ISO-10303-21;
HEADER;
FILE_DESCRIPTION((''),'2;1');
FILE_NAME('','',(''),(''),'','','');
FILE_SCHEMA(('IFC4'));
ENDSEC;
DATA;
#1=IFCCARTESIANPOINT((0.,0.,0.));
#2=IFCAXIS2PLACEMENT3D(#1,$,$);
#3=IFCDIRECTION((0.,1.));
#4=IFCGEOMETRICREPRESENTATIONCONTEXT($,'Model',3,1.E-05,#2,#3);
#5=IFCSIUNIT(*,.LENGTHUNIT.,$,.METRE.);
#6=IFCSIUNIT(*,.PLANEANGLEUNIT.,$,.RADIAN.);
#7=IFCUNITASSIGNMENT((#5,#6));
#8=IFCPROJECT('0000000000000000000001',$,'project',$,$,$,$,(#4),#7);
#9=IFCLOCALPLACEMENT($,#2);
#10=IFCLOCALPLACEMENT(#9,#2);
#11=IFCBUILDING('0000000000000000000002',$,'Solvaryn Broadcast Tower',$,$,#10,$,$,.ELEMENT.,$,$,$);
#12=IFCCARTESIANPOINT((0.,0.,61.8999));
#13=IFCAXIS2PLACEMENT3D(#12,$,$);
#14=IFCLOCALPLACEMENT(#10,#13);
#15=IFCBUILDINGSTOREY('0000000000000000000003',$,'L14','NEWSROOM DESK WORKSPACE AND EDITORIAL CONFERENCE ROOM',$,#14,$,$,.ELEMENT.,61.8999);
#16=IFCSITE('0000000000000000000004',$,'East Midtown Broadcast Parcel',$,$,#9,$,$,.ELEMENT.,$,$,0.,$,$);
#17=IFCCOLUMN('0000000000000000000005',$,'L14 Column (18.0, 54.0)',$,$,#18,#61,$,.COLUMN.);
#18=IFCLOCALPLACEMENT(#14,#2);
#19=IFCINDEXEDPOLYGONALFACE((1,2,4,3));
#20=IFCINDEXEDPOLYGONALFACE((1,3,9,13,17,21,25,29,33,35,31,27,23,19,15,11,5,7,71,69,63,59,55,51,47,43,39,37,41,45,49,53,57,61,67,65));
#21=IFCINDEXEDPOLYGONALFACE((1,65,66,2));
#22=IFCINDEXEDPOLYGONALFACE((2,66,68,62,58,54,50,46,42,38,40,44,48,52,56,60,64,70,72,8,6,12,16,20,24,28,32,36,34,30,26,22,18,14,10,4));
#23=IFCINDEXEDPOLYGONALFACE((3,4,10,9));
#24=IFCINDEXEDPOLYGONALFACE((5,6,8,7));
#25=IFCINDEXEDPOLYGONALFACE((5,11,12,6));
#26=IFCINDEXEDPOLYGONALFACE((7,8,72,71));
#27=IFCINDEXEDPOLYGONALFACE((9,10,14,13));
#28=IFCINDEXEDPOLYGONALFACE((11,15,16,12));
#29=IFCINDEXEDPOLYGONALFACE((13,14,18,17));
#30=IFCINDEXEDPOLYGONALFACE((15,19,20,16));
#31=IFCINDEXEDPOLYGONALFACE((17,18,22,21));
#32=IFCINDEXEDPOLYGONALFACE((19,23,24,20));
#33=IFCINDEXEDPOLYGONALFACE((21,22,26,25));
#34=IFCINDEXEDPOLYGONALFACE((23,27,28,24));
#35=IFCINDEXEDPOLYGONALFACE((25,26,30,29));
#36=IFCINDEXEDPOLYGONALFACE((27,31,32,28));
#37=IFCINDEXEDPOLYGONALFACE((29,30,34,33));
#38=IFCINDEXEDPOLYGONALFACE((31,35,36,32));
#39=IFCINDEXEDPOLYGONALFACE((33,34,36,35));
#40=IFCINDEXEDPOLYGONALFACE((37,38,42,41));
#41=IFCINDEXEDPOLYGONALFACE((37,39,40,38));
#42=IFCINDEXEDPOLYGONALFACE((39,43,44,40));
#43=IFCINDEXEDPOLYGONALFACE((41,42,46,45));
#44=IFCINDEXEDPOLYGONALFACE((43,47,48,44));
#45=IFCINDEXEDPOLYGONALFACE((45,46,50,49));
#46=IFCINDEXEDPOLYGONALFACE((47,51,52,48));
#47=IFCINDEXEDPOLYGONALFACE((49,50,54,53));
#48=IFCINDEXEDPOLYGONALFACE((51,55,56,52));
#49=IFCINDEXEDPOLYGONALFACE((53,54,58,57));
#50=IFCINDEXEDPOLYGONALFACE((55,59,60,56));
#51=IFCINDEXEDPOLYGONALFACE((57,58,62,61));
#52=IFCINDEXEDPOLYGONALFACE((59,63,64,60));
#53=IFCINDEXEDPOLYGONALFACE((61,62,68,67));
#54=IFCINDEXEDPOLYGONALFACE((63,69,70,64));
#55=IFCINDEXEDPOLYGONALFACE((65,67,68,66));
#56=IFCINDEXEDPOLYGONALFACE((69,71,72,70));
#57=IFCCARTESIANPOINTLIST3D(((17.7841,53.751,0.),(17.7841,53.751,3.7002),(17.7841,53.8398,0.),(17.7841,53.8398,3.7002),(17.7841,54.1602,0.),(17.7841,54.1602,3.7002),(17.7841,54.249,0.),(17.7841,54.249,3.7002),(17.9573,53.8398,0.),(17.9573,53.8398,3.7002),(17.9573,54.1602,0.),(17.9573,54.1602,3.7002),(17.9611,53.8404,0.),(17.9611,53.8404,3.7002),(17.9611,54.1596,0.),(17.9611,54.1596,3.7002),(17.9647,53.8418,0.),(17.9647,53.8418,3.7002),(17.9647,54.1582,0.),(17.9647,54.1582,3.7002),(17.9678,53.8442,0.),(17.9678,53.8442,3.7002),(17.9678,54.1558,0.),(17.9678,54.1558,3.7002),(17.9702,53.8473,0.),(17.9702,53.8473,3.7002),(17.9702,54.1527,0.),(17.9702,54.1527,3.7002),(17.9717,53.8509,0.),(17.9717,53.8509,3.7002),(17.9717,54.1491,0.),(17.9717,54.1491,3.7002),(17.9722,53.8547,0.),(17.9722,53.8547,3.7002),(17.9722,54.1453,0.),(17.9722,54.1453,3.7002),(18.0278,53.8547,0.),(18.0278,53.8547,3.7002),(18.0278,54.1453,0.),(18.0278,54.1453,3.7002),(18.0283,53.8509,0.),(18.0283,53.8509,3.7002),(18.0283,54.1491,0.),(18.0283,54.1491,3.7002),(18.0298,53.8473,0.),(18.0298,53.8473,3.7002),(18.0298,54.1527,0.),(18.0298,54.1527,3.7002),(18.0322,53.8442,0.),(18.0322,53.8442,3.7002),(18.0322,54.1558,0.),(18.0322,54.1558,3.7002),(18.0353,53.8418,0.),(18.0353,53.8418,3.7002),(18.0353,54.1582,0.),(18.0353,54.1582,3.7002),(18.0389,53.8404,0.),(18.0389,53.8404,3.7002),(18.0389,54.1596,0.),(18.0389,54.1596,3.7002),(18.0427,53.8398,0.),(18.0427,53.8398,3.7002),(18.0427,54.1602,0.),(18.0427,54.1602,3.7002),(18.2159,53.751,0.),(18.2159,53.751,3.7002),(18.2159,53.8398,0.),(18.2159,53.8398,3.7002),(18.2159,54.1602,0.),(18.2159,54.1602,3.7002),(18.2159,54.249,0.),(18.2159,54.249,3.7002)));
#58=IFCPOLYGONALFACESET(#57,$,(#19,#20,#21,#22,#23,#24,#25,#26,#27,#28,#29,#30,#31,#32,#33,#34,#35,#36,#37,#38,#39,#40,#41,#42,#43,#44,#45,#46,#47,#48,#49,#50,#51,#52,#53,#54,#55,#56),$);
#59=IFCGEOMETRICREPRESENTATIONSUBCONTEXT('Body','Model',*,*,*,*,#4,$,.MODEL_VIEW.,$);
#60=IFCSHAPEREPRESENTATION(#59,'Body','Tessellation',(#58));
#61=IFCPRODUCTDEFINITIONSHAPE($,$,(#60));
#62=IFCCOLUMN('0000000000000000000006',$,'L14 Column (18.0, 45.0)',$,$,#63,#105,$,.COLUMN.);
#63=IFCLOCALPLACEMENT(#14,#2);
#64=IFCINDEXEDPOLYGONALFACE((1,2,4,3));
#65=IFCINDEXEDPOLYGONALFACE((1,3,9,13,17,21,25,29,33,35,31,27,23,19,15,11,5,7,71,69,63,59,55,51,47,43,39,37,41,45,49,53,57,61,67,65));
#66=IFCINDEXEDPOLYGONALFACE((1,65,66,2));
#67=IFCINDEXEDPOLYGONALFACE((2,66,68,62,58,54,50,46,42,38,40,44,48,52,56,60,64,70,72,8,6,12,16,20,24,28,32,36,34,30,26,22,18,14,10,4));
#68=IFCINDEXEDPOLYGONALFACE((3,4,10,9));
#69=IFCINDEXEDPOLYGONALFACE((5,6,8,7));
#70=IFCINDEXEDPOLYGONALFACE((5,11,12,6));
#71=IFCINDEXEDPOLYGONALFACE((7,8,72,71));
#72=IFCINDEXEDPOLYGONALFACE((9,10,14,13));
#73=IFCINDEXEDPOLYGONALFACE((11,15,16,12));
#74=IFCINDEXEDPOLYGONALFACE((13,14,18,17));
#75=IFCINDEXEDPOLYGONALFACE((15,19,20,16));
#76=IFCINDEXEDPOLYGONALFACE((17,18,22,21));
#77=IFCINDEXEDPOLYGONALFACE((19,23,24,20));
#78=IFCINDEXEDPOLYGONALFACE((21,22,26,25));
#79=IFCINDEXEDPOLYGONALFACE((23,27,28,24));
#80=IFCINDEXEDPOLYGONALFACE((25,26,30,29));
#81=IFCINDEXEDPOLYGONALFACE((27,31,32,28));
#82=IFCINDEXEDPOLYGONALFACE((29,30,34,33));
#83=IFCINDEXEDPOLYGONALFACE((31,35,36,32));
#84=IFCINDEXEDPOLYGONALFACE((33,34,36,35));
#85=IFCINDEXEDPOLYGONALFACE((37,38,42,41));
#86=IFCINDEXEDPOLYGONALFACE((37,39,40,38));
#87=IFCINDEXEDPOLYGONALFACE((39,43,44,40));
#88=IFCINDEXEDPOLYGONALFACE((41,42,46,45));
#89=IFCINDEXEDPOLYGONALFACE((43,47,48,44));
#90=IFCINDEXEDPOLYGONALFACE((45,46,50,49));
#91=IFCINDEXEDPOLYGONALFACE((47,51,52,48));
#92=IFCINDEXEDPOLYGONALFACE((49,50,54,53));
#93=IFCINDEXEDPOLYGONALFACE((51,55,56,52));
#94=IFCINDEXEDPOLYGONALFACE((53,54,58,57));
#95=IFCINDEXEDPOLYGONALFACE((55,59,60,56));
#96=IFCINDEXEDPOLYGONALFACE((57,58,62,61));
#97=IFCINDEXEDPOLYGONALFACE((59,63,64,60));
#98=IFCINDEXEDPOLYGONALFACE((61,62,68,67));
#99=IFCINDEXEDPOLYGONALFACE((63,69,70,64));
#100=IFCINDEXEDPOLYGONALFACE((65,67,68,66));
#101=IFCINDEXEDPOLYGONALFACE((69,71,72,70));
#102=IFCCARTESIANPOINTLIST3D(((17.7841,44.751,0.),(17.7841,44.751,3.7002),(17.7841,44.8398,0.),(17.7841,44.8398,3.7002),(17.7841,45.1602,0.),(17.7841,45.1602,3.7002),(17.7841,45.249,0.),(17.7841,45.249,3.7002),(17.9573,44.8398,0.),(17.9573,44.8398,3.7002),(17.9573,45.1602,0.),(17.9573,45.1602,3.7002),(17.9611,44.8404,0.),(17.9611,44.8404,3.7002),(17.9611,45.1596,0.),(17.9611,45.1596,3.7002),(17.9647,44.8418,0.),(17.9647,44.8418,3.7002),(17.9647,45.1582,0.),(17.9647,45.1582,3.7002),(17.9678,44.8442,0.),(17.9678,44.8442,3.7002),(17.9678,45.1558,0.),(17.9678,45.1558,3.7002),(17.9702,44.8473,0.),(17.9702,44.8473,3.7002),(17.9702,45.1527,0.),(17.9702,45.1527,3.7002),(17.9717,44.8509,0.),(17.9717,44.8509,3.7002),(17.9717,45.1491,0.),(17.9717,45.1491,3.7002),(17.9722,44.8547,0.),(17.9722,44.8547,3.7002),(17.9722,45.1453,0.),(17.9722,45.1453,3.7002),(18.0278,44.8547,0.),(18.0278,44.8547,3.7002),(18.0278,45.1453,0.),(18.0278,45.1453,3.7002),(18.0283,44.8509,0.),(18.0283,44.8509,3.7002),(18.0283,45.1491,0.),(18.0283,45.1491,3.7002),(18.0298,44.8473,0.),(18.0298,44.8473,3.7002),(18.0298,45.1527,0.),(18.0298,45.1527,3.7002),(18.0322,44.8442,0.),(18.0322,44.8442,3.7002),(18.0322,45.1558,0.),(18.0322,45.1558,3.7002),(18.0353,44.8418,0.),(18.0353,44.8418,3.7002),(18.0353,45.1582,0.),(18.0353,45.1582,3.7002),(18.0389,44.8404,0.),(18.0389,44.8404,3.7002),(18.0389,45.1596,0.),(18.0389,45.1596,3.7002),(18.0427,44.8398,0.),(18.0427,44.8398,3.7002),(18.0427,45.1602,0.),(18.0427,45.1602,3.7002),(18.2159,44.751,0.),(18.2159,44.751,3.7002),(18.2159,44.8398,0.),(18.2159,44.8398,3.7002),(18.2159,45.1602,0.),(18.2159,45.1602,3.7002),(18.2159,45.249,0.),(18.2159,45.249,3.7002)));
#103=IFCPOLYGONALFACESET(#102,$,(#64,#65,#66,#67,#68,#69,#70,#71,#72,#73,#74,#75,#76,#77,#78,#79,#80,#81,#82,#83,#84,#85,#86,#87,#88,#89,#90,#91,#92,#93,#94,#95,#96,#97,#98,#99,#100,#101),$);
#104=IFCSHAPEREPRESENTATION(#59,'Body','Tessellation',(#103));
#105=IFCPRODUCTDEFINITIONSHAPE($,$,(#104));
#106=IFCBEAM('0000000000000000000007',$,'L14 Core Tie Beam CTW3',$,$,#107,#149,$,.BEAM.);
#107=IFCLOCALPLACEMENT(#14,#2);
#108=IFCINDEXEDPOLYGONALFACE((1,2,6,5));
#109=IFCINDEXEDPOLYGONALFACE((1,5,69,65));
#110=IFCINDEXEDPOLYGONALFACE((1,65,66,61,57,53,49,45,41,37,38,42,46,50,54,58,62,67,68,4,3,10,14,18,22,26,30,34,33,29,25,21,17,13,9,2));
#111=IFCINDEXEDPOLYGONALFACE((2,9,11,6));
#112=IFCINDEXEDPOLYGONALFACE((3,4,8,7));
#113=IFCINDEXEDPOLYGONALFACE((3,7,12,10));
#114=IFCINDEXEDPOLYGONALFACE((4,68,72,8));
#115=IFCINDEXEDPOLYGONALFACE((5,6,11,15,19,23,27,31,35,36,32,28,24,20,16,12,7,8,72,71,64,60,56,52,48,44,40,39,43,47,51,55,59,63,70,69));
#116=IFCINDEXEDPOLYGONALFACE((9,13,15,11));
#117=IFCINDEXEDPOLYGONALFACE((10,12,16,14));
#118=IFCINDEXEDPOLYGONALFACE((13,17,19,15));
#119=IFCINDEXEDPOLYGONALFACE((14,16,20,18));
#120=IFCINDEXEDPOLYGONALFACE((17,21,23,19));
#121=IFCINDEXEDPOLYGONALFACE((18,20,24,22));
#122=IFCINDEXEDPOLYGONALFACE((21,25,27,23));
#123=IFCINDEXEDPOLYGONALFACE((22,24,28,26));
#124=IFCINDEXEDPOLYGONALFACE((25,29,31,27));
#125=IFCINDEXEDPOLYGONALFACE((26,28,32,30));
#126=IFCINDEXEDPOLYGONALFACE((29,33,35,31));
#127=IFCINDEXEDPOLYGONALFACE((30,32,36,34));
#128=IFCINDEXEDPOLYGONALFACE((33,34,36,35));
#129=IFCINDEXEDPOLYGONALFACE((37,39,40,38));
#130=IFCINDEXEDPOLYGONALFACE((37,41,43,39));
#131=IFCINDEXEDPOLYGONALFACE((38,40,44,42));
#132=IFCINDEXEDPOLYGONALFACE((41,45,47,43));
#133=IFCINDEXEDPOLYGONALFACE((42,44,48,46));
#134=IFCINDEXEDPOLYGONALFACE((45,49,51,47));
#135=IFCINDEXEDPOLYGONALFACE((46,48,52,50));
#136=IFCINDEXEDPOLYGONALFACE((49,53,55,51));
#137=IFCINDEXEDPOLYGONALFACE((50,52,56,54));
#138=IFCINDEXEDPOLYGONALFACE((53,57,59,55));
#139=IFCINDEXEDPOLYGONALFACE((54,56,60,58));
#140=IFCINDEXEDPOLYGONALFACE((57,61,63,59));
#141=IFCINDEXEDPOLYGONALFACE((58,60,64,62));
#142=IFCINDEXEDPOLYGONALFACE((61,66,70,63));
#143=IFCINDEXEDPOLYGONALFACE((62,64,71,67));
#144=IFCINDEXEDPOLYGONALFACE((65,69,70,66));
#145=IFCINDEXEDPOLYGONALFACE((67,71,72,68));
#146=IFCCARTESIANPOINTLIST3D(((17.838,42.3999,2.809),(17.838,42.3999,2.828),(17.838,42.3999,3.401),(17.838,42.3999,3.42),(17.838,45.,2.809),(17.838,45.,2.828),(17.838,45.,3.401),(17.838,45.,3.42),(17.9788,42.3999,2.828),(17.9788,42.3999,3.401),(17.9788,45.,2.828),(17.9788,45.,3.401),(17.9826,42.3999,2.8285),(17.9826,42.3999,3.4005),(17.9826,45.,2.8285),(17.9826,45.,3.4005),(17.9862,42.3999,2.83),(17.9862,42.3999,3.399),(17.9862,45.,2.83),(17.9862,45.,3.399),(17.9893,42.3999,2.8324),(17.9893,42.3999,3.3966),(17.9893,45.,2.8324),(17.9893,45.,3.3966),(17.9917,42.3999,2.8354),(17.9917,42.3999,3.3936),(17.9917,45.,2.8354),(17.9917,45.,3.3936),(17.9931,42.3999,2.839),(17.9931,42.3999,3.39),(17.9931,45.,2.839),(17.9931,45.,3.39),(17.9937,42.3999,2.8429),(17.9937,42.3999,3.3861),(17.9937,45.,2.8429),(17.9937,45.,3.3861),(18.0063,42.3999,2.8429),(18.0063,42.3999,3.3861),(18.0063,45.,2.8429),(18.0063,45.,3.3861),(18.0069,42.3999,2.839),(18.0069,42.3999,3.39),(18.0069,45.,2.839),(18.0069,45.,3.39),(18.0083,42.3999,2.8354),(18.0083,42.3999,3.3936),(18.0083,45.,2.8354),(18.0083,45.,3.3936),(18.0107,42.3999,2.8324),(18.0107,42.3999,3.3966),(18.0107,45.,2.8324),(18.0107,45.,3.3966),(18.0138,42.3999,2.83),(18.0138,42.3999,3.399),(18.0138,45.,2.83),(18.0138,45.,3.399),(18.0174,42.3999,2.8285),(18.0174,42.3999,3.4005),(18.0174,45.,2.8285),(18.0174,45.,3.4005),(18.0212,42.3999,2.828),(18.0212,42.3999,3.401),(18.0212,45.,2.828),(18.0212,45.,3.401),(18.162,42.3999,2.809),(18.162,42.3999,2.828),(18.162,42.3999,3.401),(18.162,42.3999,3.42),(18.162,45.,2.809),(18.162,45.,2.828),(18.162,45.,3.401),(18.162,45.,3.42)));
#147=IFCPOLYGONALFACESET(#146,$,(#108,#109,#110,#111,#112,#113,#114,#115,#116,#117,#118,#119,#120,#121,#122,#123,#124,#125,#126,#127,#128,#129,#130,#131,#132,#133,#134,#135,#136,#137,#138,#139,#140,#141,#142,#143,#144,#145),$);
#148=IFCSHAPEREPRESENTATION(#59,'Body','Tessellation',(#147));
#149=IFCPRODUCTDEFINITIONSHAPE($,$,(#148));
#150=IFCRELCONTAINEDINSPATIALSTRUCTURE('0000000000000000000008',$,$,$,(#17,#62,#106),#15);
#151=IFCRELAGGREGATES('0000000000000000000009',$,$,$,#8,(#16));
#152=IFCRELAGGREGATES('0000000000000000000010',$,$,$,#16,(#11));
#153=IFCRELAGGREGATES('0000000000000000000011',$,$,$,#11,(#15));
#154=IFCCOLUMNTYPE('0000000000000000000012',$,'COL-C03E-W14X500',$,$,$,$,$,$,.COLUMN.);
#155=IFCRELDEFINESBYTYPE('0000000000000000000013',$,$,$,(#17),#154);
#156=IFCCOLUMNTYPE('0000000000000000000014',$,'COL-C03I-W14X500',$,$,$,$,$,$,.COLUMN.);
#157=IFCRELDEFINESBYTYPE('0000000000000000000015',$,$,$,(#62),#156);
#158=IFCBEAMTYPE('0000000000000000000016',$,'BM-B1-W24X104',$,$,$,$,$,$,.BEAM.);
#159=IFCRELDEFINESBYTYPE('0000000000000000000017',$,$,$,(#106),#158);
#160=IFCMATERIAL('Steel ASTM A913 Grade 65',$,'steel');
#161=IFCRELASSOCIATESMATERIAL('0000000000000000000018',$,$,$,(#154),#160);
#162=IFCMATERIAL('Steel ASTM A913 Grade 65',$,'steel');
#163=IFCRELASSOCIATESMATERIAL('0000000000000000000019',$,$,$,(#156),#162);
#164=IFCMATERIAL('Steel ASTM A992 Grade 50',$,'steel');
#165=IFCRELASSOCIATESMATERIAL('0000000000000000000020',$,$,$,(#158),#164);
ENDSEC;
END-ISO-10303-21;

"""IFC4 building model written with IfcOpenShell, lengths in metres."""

from ifc_helpers import new_model, si_unit, direction, frame, origin, origin_2d, place, context, subcontext, project, spatial, i_section, extrude, material, material_profile, profile_set, type_object, element, save


model = new_model("IFC4")

# Units and contexts
model_context = context("Model", 3, precision=1e-05, world=origin(), true_north=direction((0.0, 1.0)))
body_context = subcontext(model_context, "Body", "Model", "MODEL_VIEW")
ifc_project = project(units=[si_unit("LENGTHUNIT", "METRE"), si_unit("PLANEANGLEUNIT", "RADIAN")], contexts=[model_context])

# Site, building, storey
site_placement = place(None, origin())
site = spatial("IfcSite", under=ifc_project, at=site_placement, Name="East Midtown Broadcast Parcel", CompositionType="ELEMENT", RefElevation=0.0)
building_placement = place(site_placement, origin())
building = spatial("IfcBuilding", under=site, at=building_placement, Name="Solvaryn Broadcast Tower", CompositionType="ELEMENT")
storey_placement = place(building_placement, frame((0.0, 0.0, 61.8999)))
storey = spatial("IfcBuildingStorey", under=building, at=storey_placement, Name="L14", Description="NEWSROOM DESK WORKSPACE AND EDITORIAL CONFERENCE ROOM", CompositionType="ELEMENT", Elevation=61.8999)

# Columns
ifc_material_1 = material(Name="Steel ASTM A913 Grade 65", Category="steel")
ifc_material_profile_1 = material_profile(ifc_material_1, i_section(OverallWidth=0.4319, OverallDepth=0.498, WebThickness=0.0557, FlangeThickness=0.0889, FilletRadius=0.0149, at=origin_2d()))
ifc_profile_set_1 = profile_set([ifc_material_profile_1], Name="Steel ASTM A913 Grade 65")
column_type_1 = type_object("IfcColumnType", Name="COL-C03E-W14X500", PredefinedType="COLUMN", material=ifc_profile_set_1)
column_1_placement = place(storey_placement, frame((18.0, 54.0, 0.0), z_axis=(0.0, 0.0, 1.0), x_axis=(1.0, 0.0, 0.0)))
element("IfcColumn", 1, at=column_1_placement, inside=storey, type_object=column_type_1, Name="L14 Column (18.0, 54.0)", PredefinedType="COLUMN", context=body_context, shape_type="SweptSolid", body=[
    extrude(i_section(OverallWidth=0.4319, OverallDepth=0.498, WebThickness=0.0557, FlangeThickness=0.0889, FilletRadius=0.0149, at=origin_2d()), origin(), (0.0, 0.0, 1.0), 3.7002),
])
ifc_material_2 = material(Name="Steel ASTM A913 Grade 65", Category="steel")
ifc_material_profile_2 = material_profile(ifc_material_2, i_section(OverallWidth=0.4319, OverallDepth=0.498, WebThickness=0.0557, FlangeThickness=0.0889, FilletRadius=0.0149, at=origin_2d()))
ifc_profile_set_2 = profile_set([ifc_material_profile_2], Name="Steel ASTM A913 Grade 65")
column_type_2 = type_object("IfcColumnType", Name="COL-C03I-W14X500", PredefinedType="COLUMN", material=ifc_profile_set_2)
column_2_placement = place(storey_placement, frame((18.0, 45.0, 0.0), z_axis=(0.0, 0.0, 1.0), x_axis=(1.0, 0.0, 0.0)))
element("IfcColumn", 2, at=column_2_placement, inside=storey, type_object=column_type_2, Name="L14 Column (18.0, 45.0)", PredefinedType="COLUMN", context=body_context, shape_type="SweptSolid", body=[
    extrude(i_section(OverallWidth=0.4319, OverallDepth=0.498, WebThickness=0.0557, FlangeThickness=0.0889, FilletRadius=0.0149, at=origin_2d()), origin(), (0.0, 0.0, 1.0), 3.7002),
])

# Beam
ifc_material_3 = material(Name="Steel ASTM A992 Grade 50", Category="steel")
ifc_material_profile_3 = material_profile(ifc_material_3, i_section(OverallWidth=0.324, OverallDepth=0.6111, WebThickness=0.0127, FlangeThickness=0.019, FilletRadius=0.0149, at=origin_2d()))
ifc_profile_set_3 = profile_set([ifc_material_profile_3], Name="Steel ASTM A992 Grade 50")
beam_type_1 = type_object("IfcBeamType", Name="BM-B1-W24X104", PredefinedType="BEAM", material=ifc_profile_set_3)
beam_1_placement = place(storey_placement, frame((18.0, 42.3999, 3.1145), z_axis=(0.0, 1.0, 0.0), x_axis=(-1.0, 0.0, 0.0)))
element("IfcBeam", 3, at=beam_1_placement, inside=storey, type_object=beam_type_1, Name="L14 Core Tie Beam CTW3", PredefinedType="BEAM", context=body_context, shape_type="SweptSolid", body=[
    extrude(i_section(OverallWidth=0.324, OverallDepth=0.6111, WebThickness=0.0127, FlangeThickness=0.019, FilletRadius=0.0149, at=origin_2d()), origin(), (0.0, 0.0, 1.0), 2.6001),
])

save(model, "model.ifc")
